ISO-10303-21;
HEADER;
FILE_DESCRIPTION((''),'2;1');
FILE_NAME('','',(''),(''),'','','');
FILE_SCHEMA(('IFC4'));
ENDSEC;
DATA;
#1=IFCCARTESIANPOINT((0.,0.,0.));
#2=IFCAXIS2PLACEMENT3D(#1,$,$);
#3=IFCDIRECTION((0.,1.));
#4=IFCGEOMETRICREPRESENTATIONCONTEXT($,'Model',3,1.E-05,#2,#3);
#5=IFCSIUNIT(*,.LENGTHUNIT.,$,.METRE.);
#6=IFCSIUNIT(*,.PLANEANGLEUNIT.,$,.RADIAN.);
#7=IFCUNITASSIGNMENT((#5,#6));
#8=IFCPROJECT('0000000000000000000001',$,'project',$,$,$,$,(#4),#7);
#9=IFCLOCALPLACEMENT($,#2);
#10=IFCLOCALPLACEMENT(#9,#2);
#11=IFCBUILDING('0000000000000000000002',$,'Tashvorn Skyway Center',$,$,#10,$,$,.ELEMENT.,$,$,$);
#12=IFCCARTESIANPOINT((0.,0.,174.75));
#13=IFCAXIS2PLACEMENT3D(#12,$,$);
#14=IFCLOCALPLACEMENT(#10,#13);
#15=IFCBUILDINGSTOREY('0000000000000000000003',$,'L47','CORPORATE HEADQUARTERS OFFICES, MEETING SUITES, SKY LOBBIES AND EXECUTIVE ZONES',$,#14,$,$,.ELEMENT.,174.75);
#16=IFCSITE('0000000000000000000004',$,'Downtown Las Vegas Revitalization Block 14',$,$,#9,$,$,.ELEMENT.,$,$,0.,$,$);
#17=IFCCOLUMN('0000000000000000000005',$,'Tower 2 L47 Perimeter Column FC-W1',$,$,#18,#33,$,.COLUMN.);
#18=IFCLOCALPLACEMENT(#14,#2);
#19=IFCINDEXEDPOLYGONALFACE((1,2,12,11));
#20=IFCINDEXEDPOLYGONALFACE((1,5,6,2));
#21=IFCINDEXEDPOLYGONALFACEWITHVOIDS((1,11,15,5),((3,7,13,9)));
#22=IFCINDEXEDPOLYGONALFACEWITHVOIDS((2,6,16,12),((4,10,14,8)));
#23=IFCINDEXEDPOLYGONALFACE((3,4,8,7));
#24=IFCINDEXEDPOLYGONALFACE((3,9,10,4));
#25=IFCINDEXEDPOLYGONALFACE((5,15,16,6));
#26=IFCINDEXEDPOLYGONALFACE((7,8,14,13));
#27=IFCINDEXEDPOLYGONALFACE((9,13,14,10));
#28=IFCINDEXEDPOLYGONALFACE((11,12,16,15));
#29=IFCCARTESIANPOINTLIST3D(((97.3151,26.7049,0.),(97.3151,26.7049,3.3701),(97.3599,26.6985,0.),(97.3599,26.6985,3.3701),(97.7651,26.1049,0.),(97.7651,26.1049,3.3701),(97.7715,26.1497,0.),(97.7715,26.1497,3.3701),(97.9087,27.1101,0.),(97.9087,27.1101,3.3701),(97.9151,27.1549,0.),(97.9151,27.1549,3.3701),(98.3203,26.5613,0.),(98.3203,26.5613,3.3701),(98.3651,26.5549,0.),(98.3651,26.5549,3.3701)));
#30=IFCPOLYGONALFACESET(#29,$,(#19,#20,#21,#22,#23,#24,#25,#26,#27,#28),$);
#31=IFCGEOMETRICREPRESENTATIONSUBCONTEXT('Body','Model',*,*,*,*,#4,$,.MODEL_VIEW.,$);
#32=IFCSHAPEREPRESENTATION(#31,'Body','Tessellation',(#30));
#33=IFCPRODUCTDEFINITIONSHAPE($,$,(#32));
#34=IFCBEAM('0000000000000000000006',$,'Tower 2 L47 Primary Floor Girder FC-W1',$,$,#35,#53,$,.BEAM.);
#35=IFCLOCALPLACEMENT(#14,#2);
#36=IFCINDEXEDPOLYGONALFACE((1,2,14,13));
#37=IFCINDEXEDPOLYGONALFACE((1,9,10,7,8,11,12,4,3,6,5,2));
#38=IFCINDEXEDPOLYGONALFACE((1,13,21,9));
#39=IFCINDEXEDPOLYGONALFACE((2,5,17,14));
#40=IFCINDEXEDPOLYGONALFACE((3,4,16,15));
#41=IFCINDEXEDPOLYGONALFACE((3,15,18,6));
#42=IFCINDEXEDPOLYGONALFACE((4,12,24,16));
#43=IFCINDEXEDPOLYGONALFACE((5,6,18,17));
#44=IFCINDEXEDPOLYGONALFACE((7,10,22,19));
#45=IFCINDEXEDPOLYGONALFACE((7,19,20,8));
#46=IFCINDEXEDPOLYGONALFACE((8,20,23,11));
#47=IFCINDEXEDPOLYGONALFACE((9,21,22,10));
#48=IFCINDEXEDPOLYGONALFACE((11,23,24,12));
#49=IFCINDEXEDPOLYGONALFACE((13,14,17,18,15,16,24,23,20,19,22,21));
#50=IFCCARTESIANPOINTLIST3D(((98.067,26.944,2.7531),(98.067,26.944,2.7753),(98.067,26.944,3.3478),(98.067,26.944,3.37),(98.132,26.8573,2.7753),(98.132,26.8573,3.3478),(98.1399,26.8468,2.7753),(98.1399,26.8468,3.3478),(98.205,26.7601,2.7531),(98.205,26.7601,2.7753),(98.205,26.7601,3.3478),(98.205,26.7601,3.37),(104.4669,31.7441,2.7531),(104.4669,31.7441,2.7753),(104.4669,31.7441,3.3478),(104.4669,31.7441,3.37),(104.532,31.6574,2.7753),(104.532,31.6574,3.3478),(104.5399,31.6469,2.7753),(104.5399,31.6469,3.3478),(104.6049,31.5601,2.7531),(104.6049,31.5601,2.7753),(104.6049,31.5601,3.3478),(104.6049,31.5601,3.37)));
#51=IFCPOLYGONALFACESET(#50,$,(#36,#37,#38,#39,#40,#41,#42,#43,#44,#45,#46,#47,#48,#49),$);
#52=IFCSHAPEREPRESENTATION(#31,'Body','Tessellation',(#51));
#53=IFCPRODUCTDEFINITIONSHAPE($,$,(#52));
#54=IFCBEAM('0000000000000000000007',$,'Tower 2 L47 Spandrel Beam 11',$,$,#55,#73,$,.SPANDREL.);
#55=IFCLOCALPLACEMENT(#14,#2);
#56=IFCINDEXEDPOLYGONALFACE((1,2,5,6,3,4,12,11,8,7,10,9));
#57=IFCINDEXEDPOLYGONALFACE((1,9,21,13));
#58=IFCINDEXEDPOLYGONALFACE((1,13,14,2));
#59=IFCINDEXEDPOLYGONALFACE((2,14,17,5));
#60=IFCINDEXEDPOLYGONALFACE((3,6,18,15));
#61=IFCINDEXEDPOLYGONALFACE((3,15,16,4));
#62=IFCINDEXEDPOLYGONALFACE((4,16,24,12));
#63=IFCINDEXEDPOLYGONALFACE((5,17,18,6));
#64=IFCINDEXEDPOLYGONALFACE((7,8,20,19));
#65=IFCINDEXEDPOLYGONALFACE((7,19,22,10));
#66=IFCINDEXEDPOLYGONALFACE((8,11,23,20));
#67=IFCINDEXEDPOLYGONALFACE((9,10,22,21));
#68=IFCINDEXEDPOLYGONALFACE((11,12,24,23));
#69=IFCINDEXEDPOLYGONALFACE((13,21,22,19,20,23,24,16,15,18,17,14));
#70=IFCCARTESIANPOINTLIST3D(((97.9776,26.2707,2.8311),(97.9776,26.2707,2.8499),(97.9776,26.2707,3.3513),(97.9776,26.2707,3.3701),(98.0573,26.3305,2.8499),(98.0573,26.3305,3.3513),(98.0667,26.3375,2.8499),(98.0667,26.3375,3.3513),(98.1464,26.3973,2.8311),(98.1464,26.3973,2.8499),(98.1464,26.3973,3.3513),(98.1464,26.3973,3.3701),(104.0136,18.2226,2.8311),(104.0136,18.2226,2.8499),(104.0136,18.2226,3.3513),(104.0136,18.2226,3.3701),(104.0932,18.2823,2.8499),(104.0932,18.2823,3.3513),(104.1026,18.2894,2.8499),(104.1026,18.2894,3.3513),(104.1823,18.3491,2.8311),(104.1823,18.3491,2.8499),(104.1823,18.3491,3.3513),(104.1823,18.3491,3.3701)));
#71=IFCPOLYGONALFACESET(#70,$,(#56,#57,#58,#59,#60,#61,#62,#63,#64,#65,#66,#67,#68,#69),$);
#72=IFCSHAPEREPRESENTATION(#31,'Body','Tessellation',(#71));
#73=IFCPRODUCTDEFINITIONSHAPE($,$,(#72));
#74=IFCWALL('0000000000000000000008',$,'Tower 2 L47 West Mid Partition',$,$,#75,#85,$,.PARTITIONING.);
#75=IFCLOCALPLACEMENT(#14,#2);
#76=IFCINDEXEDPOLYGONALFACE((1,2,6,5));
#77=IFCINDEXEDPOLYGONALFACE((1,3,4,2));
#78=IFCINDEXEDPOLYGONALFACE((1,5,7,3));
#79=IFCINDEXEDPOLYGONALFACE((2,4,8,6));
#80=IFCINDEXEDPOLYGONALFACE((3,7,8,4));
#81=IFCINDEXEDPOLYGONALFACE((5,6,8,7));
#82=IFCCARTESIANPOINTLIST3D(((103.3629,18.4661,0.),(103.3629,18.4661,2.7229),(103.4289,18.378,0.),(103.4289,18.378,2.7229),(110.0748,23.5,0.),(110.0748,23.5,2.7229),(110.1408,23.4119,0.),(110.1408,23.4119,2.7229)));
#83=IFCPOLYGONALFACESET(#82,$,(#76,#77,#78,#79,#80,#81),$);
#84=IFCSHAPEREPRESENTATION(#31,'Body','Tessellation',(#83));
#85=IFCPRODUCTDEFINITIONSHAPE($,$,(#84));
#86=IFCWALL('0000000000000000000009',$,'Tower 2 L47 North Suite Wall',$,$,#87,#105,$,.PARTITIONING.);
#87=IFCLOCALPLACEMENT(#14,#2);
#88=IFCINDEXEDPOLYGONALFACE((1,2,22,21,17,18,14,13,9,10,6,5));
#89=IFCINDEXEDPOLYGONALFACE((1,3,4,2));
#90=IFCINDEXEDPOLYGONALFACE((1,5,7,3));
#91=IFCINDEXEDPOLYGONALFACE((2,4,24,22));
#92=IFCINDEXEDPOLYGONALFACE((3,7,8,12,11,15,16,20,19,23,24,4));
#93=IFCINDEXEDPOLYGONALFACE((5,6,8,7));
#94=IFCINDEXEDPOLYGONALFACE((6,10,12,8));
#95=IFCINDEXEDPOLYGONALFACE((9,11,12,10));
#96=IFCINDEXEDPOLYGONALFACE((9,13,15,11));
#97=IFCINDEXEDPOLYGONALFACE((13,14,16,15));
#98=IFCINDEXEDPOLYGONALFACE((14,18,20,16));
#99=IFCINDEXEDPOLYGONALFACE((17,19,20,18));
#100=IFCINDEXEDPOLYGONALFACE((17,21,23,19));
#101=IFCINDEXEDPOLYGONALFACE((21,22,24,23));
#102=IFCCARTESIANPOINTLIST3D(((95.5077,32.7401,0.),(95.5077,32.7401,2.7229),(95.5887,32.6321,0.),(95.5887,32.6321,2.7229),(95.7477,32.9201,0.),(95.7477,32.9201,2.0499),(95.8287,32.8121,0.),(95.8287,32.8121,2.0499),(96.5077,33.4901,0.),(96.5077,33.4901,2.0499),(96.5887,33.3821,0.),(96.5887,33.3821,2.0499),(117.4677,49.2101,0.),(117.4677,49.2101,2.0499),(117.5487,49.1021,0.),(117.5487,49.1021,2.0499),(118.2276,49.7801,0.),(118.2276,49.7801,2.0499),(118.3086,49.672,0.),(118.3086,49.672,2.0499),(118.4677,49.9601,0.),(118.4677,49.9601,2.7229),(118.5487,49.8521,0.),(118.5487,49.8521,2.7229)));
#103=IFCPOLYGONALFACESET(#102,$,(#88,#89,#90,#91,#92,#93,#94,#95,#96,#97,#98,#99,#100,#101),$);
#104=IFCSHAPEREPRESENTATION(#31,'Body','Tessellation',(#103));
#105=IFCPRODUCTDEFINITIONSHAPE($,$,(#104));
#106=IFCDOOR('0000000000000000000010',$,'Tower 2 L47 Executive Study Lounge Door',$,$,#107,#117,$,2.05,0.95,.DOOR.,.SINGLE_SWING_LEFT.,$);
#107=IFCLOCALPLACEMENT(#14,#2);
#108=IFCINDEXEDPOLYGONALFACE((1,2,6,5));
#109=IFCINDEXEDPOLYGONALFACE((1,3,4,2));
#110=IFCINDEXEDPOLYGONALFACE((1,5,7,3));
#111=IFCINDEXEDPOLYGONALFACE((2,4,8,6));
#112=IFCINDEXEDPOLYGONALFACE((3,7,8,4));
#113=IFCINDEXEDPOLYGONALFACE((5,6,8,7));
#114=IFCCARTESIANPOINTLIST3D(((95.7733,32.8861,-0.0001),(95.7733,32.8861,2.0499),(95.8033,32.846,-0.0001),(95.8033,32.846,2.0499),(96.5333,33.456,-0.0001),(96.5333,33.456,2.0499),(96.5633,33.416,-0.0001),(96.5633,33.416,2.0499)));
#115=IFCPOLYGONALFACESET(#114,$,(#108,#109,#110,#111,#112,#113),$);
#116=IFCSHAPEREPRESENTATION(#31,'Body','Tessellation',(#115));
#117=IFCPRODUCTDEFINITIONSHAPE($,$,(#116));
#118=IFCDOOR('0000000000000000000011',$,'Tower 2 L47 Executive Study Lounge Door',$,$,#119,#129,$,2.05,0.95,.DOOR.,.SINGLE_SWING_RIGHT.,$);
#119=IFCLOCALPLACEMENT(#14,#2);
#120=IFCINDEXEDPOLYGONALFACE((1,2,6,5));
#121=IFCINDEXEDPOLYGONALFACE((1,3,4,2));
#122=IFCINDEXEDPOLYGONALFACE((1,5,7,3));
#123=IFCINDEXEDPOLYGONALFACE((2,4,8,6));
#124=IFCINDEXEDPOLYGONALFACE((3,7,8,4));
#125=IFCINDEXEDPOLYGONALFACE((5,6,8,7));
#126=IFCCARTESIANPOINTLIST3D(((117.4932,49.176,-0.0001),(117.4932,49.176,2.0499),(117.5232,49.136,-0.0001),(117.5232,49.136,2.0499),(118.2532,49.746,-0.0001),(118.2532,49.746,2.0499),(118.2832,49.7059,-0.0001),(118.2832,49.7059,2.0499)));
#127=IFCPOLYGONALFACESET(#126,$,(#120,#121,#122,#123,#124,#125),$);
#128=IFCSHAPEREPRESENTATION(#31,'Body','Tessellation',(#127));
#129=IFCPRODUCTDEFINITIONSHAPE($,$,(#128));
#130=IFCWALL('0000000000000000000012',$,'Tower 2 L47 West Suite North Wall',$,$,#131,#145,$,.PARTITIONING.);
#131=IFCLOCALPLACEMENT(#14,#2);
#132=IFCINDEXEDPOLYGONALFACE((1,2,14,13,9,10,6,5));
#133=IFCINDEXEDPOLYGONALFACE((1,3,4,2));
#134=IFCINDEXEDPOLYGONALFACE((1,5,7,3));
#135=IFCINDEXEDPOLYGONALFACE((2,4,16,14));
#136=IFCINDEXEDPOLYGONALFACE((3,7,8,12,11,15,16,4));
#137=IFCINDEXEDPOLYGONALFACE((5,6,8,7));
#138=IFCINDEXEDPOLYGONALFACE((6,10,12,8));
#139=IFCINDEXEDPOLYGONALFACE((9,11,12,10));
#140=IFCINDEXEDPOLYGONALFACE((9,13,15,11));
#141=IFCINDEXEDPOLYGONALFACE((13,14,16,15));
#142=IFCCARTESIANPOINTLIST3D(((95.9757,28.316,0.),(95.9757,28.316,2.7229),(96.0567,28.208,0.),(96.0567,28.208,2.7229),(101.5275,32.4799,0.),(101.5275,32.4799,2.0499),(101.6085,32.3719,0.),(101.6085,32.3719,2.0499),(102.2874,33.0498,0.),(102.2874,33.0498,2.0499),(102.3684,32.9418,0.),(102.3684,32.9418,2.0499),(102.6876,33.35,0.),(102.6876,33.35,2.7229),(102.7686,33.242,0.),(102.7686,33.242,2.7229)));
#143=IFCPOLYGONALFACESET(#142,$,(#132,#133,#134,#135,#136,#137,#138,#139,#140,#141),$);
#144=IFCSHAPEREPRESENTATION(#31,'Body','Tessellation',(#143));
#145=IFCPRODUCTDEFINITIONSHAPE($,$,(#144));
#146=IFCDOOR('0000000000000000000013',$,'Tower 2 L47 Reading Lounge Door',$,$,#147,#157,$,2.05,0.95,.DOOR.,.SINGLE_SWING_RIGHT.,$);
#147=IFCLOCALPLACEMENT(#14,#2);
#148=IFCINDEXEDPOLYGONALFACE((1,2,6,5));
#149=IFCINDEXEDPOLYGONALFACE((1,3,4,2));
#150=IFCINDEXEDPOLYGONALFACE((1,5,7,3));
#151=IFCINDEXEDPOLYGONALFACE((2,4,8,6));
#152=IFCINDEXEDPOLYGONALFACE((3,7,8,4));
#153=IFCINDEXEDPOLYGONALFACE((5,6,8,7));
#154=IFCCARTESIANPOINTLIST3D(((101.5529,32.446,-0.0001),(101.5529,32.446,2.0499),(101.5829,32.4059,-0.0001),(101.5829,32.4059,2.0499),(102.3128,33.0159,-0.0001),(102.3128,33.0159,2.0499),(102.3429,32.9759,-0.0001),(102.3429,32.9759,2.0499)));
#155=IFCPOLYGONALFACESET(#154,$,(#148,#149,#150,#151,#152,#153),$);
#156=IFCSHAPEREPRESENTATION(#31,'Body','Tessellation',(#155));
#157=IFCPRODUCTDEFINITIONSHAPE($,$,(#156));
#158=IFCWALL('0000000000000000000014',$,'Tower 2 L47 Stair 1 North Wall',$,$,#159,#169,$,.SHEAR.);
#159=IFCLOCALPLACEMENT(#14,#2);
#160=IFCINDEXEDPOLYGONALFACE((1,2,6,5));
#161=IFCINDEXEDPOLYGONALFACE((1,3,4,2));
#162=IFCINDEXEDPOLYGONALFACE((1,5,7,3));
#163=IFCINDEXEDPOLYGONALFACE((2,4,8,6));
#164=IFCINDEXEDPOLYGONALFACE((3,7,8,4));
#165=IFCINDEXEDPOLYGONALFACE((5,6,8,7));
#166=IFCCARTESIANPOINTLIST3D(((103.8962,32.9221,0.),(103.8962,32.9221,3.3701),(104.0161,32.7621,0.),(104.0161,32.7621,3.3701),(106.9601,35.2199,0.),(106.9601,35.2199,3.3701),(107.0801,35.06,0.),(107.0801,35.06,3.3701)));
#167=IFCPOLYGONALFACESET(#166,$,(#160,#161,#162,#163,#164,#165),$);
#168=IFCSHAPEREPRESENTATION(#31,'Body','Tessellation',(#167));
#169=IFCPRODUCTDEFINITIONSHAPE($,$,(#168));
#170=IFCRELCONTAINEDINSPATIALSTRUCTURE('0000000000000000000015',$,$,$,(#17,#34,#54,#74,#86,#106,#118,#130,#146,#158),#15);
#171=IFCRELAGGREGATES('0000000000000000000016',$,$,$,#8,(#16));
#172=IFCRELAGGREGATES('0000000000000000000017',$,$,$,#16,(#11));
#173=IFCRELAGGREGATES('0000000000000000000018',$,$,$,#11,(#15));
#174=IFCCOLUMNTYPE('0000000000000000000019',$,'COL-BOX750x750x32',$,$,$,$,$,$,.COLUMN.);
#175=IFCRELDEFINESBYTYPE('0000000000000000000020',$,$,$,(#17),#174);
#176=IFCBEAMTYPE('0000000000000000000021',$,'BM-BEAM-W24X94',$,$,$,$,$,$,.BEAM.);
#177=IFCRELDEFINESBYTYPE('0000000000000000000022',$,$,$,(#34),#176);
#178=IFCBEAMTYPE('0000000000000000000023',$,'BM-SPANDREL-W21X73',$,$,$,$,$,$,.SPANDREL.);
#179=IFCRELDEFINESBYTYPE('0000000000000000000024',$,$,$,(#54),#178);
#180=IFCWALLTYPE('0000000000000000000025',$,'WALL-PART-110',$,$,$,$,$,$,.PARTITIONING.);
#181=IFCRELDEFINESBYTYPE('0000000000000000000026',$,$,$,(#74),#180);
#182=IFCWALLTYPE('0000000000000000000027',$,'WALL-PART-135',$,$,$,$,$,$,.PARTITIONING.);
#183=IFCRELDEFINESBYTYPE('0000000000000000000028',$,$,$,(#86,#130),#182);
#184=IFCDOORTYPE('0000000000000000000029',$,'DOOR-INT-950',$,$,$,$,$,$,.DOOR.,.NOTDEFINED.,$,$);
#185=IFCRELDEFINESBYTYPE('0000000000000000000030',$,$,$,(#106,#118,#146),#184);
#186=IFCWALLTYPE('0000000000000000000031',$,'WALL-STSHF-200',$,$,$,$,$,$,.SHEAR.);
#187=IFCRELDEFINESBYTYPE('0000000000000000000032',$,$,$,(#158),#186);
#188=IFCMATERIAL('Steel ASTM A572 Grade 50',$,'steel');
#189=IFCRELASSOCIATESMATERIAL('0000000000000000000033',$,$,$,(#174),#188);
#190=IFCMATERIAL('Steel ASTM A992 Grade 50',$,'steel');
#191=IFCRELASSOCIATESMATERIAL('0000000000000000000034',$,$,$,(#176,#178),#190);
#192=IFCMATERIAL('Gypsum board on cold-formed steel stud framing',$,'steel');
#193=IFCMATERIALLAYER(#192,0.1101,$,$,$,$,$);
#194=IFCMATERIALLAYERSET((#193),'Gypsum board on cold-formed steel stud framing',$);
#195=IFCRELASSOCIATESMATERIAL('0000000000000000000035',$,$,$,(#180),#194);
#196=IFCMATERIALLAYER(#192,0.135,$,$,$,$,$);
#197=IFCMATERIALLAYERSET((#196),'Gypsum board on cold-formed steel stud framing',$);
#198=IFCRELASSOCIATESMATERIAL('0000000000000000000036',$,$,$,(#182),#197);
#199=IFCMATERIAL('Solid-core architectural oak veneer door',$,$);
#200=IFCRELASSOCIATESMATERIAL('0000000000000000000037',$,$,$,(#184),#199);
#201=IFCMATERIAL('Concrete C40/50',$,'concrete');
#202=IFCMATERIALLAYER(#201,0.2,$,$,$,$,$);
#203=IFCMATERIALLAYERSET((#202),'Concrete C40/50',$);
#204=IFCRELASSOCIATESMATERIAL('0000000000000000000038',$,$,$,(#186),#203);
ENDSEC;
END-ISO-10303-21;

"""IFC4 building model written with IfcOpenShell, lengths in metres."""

from ifc_helpers import new_model, si_unit, direction, frame, frame_2d, origin, origin_2d, place, context, subcontext, project, spatial, rectangle, hollow_rectangle, i_section, extrude, material, layer, layer_set, material_profile, profile_set, type_object, element, fill, save


model = new_model("IFC4")

# Units and contexts
model_context = context("Model", 3, precision=1e-05, world=origin(), true_north=direction((0.0, 1.0)))
body_context = subcontext(model_context, "Body", "Model", "MODEL_VIEW")
ifc_project = project(units=[si_unit("LENGTHUNIT", "METRE"), si_unit("PLANEANGLEUNIT", "RADIAN")], contexts=[model_context])

# Site, building, storey
site_placement = place(None, origin())
site = spatial("IfcSite", under=ifc_project, at=site_placement, Name="Downtown Las Vegas Revitalization Block 14", CompositionType="ELEMENT", RefElevation=0.0)
building_placement = place(site_placement, origin())
building = spatial("IfcBuilding", under=site, at=building_placement, Name="Tashvorn Skyway Center", CompositionType="ELEMENT")
storey_placement = place(building_placement, frame((0.0, 0.0, 174.75)))
storey = spatial("IfcBuildingStorey", under=building, at=storey_placement, Name="L47", Description="CORPORATE HEADQUARTERS OFFICES, MEETING SUITES, SKY LOBBIES AND EXECUTIVE ZONES", CompositionType="ELEMENT", Elevation=174.75)

# Column
ifc_material_1 = material(Name="Steel ASTM A572 Grade 50", Category="steel")
ifc_material_profile_1 = material_profile(ifc_material_1, hollow_rectangle(XDim=0.75, YDim=0.75, WallThickness=0.032, at=origin_2d()), Name="BOX750x750x32")
ifc_profile_set_1 = profile_set([ifc_material_profile_1], Name="Steel ASTM A572 Grade 50")
column_type = type_object("IfcColumnType", Name="COL-BOX750x750x32", PredefinedType="COLUMN", material=ifc_profile_set_1)
column_placement = place(storey_placement, frame((97.8401, 26.6299, 0.0), z_axis=(0.0, 0.0, 1.0), x_axis=(0.8, 0.6, 0.0)))
element("IfcColumn", 1, at=column_placement, inside=storey, type_object=column_type, Name="Tower 2 L47 Perimeter Column FC-W1", PredefinedType="COLUMN", context=body_context, shape_type="SweptSolid", body=[
    extrude(hollow_rectangle(XDim=0.75, YDim=0.75, WallThickness=0.032, at=origin_2d()), origin(), (0.0, 0.0, 1.0), 3.3701),
])

# Beams
ifc_material_2 = material(Name="Steel ASTM A992 Grade 50", Category="steel")
ifc_material_profile_2 = material_profile(ifc_material_2, i_section(OverallWidth=0.23, OverallDepth=0.6169, WebThickness=0.0132, FlangeThickness=0.0222, at=origin_2d()), Name="W24X94")
ifc_profile_set_2 = profile_set([ifc_material_profile_2], Name="Steel ASTM A992 Grade 50")
beam_type_1 = type_object("IfcBeamType", Name="BM-BEAM-W24X94", PredefinedType="BEAM", material=ifc_profile_set_2)
beam_1_placement = place(storey_placement, frame((98.136, 26.8521, 3.0615), z_axis=(0.799993, 0.60001, 0.0), x_axis=(-0.60001, 0.799993, 0.0)))
element("IfcBeam", 2, at=beam_1_placement, inside=storey, type_object=beam_type_1, Name="Tower 2 L47 Primary Floor Girder FC-W1", PredefinedType="BEAM", context=body_context, shape_type="SweptSolid", body=[
    extrude(i_section(OverallWidth=0.23, OverallDepth=0.6169, WebThickness=0.0132, FlangeThickness=0.0222, at=origin_2d()), origin(), (0.0, 0.0, 1.0), 8.0),
])
ifc_material_profile_3 = material_profile(ifc_material_2, i_section(OverallWidth=0.2109, OverallDepth=0.5391, WebThickness=0.0117, FlangeThickness=0.0188, at=origin_2d()), Name="W21X73")
ifc_profile_set_3 = profile_set([ifc_material_profile_3], Name="Steel ASTM A992 Grade 50")
beam_type_2 = type_object("IfcBeamType", Name="BM-SPANDREL-W21X73", PredefinedType="SPANDREL", material=ifc_profile_set_3)
beam_2_placement = place(storey_placement, frame((98.062, 26.334, 3.1006), z_axis=(0.599988, -0.800009, 0.0), x_axis=(0.800009, 0.599988, 0.0)))
element("IfcBeam", 3, at=beam_2_placement, inside=storey, type_object=beam_type_2, Name="Tower 2 L47 Spandrel Beam 11", PredefinedType="SPANDREL", context=body_context, shape_type="SweptSolid", body=[
    extrude(i_section(OverallWidth=0.2109, OverallDepth=0.5391, WebThickness=0.0117, FlangeThickness=0.0188, at=origin_2d()), origin(), (0.0, 0.0, 1.0), 10.0601),
])

# Wall
ifc_material_3 = material(Name="Gypsum board on cold-formed steel stud framing", Category="steel")
ifc_layer_1 = layer(ifc_material_3, 0.1101)
ifc_layer_set_1 = layer_set([ifc_layer_1], Name="Gypsum board on cold-formed steel stud framing")
wall_type_1 = type_object("IfcWallType", Name="WALL-PART-110", PredefinedType="PARTITIONING", material=ifc_layer_set_1)
wall_1_placement = place(storey_placement, frame((103.396, 18.4221, 0.0), z_axis=(0.0, 0.0, 1.0), x_axis=(0.8, 0.6, 0.0)))
element("IfcWall", 4, at=wall_1_placement, inside=storey, type_object=wall_type_1, Name="Tower 2 L47 West Mid Partition", PredefinedType="PARTITIONING", context=body_context, shape_type="SweptSolid", body=[
    extrude(rectangle(XDim=8.3899, YDim=0.1101, at=frame_2d((4.1948, 0.0))), origin(), (0.0, 0.0, 1.0), 2.7229),
])

# Wall, openings, doors
ifc_layer_2 = layer(ifc_material_3, 0.135)
ifc_layer_set_2 = layer_set([ifc_layer_2], Name="Gypsum board on cold-formed steel stud framing")
wall_type_2 = type_object("IfcWallType", Name="WALL-PART-135", PredefinedType="PARTITIONING", material=ifc_layer_set_2)
wall_2_placement = place(storey_placement, frame((95.5481, 32.686, 0.0), z_axis=(0.0, 0.0, 1.0), x_axis=(0.8, 0.6, 0.0)))
wall_2 = element("IfcWall", 5, at=wall_2_placement, inside=storey, type_object=wall_type_2, Name="Tower 2 L47 North Suite Wall", PredefinedType="PARTITIONING", context=body_context, shape_type="SweptSolid", body=[
    extrude(rectangle(XDim=28.7, YDim=0.135, at=frame_2d((14.3501, 0.0))), origin(), (0.0, 0.0, 1.0), 2.7229),
])
opening_1_placement = place(wall_2_placement, frame((0.3, 0.0, 0.0)))
opening_1 = element("IfcOpeningElement", 6, at=opening_1_placement, cuts=wall_2, PredefinedType="OPENING", context=body_context, shape_type="SweptSolid", body=[
    extrude(rectangle(XDim=0.95, YDim=2.05, at=frame_2d((0.4751, 1.0249))), frame((0.0, 0.0774, 0.0), z_axis=(0.0, -1.0, 0.0), x_axis=(1.0, 0.0, 0.0)), (0.0, 0.0, 1.0), 0.155),
])
opening_2_placement = place(wall_2_placement, frame((27.45, 0.0, 0.0)))
opening_2 = element("IfcOpeningElement", 7, at=opening_2_placement, cuts=wall_2, PredefinedType="OPENING", context=body_context, shape_type="SweptSolid", body=[
    extrude(rectangle(XDim=0.95, YDim=2.05, at=frame_2d((0.4751, 1.0249))), frame((0.0, 0.0774, 0.0), z_axis=(0.0, -1.0, 0.0), x_axis=(1.0, 0.0, 0.0)), (0.0, 0.0, 1.0), 0.155),
])
ifc_material_4 = material(Name="Solid-core architectural oak veneer door")
door_type_1 = type_object("IfcDoorType", Name="DOOR-INT-950", OperationType="NOTDEFINED", PredefinedType="DOOR", material=ifc_material_4)
door_1_placement = place(opening_1_placement, origin())
door_1 = element("IfcDoor", 8, at=door_1_placement, inside=storey, type_object=door_type_1, Name="Tower 2 L47 Executive Study Lounge Door", OperationType="SINGLE_SWING_LEFT", OverallHeight=2.05, OverallWidth=0.95, PredefinedType="DOOR", context=body_context, shape_type="SweptSolid", body=[
    extrude(rectangle(XDim=0.95, YDim=2.05, at=frame_2d((0.4751, 1.0249))), frame((0.0, 0.0249, 0.0), z_axis=(0.0, -1.0, 0.0), x_axis=(1.0, 0.0, 0.0)), (0.0, 0.0, 1.0), 0.05),
])
fill(opening_1, door_1)
door_2_placement = place(opening_2_placement, origin())
door_2 = element("IfcDoor", 9, at=door_2_placement, inside=storey, type_object=door_type_1, Name="Tower 2 L47 Executive Study Lounge Door", OperationType="SINGLE_SWING_RIGHT", OverallHeight=2.05, OverallWidth=0.95, PredefinedType="DOOR", context=body_context, shape_type="SweptSolid", body=[
    extrude(rectangle(XDim=0.95, YDim=2.05, at=frame_2d((0.4751, 1.0249))), frame((0.0, 0.0249, 0.0), z_axis=(0.0, -1.0, 0.0), x_axis=(1.0, 0.0, 0.0)), (0.0, 0.0, 1.0), 0.05),
])
fill(opening_2, door_2)

# Wall, opening, door
wall_3_placement = place(storey_placement, frame((102.728, 33.2959, 0.0), z_axis=(0.0, 0.0, 1.0), x_axis=(-0.8, -0.6, 0.0)))
wall_3 = element("IfcWall", 10, at=wall_3_placement, inside=storey, type_object=wall_type_2, Name="Tower 2 L47 West Suite North Wall", PredefinedType="PARTITIONING", context=body_context, shape_type="SweptSolid", body=[
    extrude(rectangle(XDim=8.3899, YDim=0.135, at=frame_2d((4.1948, 0.0))), origin(), (0.0, 0.0, 1.0), 2.7229),
])
opening_3_placement = place(wall_3_placement, frame((0.5, 0.0, 0.0)))
opening_3 = element("IfcOpeningElement", 11, at=opening_3_placement, cuts=wall_3, PredefinedType="OPENING", context=body_context, shape_type="SweptSolid", body=[
    extrude(rectangle(XDim=0.95, YDim=2.05, at=frame_2d((0.4751, 1.0249))), frame((0.0, 0.0774, 0.0), z_axis=(0.0, -1.0, 0.0), x_axis=(1.0, 0.0, 0.0)), (0.0, 0.0, 1.0), 0.155),
])
door_3_placement = place(opening_3_placement, origin())
door_3 = element("IfcDoor", 12, at=door_3_placement, inside=storey, type_object=door_type_1, Name="Tower 2 L47 Reading Lounge Door", OperationType="SINGLE_SWING_RIGHT", OverallHeight=2.05, OverallWidth=0.95, PredefinedType="DOOR", context=body_context, shape_type="SweptSolid", body=[
    extrude(rectangle(XDim=0.95, YDim=2.05, at=frame_2d((0.4751, 1.0249))), frame((0.0, 0.0249, 0.0), z_axis=(0.0, -1.0, 0.0), x_axis=(1.0, 0.0, 0.0)), (0.0, 0.0, 1.0), 0.05),
])
fill(opening_3, door_3)

# Wall
ifc_material_5 = material(Name="Concrete C40/50", Category="concrete")
ifc_layer_3 = layer(ifc_material_5, 0.2)
ifc_layer_set_3 = layer_set([ifc_layer_3], Name="Concrete C40/50")
wall_type_3 = type_object("IfcWallType", Name="WALL-STSHF-200", PredefinedType="SHEAR", material=ifc_layer_set_3)
wall_4_placement = place(storey_placement, frame((103.9561, 32.842, 0.0), z_axis=(0.0, 0.0, 1.0), x_axis=(0.800015, 0.59998, 0.0)))
element("IfcWall", 13, at=wall_4_placement, inside=storey, type_object=wall_type_3, Name="Tower 2 L47 Stair 1 North Wall", PredefinedType="SHEAR", context=body_context, shape_type="SweptSolid", body=[
    extrude(rectangle(XDim=3.8298, YDim=0.2, at=frame_2d((1.915, 0.0))), origin(), (0.0, 0.0, 1.0), 3.3701),
])

save(model, "model.ifc")
